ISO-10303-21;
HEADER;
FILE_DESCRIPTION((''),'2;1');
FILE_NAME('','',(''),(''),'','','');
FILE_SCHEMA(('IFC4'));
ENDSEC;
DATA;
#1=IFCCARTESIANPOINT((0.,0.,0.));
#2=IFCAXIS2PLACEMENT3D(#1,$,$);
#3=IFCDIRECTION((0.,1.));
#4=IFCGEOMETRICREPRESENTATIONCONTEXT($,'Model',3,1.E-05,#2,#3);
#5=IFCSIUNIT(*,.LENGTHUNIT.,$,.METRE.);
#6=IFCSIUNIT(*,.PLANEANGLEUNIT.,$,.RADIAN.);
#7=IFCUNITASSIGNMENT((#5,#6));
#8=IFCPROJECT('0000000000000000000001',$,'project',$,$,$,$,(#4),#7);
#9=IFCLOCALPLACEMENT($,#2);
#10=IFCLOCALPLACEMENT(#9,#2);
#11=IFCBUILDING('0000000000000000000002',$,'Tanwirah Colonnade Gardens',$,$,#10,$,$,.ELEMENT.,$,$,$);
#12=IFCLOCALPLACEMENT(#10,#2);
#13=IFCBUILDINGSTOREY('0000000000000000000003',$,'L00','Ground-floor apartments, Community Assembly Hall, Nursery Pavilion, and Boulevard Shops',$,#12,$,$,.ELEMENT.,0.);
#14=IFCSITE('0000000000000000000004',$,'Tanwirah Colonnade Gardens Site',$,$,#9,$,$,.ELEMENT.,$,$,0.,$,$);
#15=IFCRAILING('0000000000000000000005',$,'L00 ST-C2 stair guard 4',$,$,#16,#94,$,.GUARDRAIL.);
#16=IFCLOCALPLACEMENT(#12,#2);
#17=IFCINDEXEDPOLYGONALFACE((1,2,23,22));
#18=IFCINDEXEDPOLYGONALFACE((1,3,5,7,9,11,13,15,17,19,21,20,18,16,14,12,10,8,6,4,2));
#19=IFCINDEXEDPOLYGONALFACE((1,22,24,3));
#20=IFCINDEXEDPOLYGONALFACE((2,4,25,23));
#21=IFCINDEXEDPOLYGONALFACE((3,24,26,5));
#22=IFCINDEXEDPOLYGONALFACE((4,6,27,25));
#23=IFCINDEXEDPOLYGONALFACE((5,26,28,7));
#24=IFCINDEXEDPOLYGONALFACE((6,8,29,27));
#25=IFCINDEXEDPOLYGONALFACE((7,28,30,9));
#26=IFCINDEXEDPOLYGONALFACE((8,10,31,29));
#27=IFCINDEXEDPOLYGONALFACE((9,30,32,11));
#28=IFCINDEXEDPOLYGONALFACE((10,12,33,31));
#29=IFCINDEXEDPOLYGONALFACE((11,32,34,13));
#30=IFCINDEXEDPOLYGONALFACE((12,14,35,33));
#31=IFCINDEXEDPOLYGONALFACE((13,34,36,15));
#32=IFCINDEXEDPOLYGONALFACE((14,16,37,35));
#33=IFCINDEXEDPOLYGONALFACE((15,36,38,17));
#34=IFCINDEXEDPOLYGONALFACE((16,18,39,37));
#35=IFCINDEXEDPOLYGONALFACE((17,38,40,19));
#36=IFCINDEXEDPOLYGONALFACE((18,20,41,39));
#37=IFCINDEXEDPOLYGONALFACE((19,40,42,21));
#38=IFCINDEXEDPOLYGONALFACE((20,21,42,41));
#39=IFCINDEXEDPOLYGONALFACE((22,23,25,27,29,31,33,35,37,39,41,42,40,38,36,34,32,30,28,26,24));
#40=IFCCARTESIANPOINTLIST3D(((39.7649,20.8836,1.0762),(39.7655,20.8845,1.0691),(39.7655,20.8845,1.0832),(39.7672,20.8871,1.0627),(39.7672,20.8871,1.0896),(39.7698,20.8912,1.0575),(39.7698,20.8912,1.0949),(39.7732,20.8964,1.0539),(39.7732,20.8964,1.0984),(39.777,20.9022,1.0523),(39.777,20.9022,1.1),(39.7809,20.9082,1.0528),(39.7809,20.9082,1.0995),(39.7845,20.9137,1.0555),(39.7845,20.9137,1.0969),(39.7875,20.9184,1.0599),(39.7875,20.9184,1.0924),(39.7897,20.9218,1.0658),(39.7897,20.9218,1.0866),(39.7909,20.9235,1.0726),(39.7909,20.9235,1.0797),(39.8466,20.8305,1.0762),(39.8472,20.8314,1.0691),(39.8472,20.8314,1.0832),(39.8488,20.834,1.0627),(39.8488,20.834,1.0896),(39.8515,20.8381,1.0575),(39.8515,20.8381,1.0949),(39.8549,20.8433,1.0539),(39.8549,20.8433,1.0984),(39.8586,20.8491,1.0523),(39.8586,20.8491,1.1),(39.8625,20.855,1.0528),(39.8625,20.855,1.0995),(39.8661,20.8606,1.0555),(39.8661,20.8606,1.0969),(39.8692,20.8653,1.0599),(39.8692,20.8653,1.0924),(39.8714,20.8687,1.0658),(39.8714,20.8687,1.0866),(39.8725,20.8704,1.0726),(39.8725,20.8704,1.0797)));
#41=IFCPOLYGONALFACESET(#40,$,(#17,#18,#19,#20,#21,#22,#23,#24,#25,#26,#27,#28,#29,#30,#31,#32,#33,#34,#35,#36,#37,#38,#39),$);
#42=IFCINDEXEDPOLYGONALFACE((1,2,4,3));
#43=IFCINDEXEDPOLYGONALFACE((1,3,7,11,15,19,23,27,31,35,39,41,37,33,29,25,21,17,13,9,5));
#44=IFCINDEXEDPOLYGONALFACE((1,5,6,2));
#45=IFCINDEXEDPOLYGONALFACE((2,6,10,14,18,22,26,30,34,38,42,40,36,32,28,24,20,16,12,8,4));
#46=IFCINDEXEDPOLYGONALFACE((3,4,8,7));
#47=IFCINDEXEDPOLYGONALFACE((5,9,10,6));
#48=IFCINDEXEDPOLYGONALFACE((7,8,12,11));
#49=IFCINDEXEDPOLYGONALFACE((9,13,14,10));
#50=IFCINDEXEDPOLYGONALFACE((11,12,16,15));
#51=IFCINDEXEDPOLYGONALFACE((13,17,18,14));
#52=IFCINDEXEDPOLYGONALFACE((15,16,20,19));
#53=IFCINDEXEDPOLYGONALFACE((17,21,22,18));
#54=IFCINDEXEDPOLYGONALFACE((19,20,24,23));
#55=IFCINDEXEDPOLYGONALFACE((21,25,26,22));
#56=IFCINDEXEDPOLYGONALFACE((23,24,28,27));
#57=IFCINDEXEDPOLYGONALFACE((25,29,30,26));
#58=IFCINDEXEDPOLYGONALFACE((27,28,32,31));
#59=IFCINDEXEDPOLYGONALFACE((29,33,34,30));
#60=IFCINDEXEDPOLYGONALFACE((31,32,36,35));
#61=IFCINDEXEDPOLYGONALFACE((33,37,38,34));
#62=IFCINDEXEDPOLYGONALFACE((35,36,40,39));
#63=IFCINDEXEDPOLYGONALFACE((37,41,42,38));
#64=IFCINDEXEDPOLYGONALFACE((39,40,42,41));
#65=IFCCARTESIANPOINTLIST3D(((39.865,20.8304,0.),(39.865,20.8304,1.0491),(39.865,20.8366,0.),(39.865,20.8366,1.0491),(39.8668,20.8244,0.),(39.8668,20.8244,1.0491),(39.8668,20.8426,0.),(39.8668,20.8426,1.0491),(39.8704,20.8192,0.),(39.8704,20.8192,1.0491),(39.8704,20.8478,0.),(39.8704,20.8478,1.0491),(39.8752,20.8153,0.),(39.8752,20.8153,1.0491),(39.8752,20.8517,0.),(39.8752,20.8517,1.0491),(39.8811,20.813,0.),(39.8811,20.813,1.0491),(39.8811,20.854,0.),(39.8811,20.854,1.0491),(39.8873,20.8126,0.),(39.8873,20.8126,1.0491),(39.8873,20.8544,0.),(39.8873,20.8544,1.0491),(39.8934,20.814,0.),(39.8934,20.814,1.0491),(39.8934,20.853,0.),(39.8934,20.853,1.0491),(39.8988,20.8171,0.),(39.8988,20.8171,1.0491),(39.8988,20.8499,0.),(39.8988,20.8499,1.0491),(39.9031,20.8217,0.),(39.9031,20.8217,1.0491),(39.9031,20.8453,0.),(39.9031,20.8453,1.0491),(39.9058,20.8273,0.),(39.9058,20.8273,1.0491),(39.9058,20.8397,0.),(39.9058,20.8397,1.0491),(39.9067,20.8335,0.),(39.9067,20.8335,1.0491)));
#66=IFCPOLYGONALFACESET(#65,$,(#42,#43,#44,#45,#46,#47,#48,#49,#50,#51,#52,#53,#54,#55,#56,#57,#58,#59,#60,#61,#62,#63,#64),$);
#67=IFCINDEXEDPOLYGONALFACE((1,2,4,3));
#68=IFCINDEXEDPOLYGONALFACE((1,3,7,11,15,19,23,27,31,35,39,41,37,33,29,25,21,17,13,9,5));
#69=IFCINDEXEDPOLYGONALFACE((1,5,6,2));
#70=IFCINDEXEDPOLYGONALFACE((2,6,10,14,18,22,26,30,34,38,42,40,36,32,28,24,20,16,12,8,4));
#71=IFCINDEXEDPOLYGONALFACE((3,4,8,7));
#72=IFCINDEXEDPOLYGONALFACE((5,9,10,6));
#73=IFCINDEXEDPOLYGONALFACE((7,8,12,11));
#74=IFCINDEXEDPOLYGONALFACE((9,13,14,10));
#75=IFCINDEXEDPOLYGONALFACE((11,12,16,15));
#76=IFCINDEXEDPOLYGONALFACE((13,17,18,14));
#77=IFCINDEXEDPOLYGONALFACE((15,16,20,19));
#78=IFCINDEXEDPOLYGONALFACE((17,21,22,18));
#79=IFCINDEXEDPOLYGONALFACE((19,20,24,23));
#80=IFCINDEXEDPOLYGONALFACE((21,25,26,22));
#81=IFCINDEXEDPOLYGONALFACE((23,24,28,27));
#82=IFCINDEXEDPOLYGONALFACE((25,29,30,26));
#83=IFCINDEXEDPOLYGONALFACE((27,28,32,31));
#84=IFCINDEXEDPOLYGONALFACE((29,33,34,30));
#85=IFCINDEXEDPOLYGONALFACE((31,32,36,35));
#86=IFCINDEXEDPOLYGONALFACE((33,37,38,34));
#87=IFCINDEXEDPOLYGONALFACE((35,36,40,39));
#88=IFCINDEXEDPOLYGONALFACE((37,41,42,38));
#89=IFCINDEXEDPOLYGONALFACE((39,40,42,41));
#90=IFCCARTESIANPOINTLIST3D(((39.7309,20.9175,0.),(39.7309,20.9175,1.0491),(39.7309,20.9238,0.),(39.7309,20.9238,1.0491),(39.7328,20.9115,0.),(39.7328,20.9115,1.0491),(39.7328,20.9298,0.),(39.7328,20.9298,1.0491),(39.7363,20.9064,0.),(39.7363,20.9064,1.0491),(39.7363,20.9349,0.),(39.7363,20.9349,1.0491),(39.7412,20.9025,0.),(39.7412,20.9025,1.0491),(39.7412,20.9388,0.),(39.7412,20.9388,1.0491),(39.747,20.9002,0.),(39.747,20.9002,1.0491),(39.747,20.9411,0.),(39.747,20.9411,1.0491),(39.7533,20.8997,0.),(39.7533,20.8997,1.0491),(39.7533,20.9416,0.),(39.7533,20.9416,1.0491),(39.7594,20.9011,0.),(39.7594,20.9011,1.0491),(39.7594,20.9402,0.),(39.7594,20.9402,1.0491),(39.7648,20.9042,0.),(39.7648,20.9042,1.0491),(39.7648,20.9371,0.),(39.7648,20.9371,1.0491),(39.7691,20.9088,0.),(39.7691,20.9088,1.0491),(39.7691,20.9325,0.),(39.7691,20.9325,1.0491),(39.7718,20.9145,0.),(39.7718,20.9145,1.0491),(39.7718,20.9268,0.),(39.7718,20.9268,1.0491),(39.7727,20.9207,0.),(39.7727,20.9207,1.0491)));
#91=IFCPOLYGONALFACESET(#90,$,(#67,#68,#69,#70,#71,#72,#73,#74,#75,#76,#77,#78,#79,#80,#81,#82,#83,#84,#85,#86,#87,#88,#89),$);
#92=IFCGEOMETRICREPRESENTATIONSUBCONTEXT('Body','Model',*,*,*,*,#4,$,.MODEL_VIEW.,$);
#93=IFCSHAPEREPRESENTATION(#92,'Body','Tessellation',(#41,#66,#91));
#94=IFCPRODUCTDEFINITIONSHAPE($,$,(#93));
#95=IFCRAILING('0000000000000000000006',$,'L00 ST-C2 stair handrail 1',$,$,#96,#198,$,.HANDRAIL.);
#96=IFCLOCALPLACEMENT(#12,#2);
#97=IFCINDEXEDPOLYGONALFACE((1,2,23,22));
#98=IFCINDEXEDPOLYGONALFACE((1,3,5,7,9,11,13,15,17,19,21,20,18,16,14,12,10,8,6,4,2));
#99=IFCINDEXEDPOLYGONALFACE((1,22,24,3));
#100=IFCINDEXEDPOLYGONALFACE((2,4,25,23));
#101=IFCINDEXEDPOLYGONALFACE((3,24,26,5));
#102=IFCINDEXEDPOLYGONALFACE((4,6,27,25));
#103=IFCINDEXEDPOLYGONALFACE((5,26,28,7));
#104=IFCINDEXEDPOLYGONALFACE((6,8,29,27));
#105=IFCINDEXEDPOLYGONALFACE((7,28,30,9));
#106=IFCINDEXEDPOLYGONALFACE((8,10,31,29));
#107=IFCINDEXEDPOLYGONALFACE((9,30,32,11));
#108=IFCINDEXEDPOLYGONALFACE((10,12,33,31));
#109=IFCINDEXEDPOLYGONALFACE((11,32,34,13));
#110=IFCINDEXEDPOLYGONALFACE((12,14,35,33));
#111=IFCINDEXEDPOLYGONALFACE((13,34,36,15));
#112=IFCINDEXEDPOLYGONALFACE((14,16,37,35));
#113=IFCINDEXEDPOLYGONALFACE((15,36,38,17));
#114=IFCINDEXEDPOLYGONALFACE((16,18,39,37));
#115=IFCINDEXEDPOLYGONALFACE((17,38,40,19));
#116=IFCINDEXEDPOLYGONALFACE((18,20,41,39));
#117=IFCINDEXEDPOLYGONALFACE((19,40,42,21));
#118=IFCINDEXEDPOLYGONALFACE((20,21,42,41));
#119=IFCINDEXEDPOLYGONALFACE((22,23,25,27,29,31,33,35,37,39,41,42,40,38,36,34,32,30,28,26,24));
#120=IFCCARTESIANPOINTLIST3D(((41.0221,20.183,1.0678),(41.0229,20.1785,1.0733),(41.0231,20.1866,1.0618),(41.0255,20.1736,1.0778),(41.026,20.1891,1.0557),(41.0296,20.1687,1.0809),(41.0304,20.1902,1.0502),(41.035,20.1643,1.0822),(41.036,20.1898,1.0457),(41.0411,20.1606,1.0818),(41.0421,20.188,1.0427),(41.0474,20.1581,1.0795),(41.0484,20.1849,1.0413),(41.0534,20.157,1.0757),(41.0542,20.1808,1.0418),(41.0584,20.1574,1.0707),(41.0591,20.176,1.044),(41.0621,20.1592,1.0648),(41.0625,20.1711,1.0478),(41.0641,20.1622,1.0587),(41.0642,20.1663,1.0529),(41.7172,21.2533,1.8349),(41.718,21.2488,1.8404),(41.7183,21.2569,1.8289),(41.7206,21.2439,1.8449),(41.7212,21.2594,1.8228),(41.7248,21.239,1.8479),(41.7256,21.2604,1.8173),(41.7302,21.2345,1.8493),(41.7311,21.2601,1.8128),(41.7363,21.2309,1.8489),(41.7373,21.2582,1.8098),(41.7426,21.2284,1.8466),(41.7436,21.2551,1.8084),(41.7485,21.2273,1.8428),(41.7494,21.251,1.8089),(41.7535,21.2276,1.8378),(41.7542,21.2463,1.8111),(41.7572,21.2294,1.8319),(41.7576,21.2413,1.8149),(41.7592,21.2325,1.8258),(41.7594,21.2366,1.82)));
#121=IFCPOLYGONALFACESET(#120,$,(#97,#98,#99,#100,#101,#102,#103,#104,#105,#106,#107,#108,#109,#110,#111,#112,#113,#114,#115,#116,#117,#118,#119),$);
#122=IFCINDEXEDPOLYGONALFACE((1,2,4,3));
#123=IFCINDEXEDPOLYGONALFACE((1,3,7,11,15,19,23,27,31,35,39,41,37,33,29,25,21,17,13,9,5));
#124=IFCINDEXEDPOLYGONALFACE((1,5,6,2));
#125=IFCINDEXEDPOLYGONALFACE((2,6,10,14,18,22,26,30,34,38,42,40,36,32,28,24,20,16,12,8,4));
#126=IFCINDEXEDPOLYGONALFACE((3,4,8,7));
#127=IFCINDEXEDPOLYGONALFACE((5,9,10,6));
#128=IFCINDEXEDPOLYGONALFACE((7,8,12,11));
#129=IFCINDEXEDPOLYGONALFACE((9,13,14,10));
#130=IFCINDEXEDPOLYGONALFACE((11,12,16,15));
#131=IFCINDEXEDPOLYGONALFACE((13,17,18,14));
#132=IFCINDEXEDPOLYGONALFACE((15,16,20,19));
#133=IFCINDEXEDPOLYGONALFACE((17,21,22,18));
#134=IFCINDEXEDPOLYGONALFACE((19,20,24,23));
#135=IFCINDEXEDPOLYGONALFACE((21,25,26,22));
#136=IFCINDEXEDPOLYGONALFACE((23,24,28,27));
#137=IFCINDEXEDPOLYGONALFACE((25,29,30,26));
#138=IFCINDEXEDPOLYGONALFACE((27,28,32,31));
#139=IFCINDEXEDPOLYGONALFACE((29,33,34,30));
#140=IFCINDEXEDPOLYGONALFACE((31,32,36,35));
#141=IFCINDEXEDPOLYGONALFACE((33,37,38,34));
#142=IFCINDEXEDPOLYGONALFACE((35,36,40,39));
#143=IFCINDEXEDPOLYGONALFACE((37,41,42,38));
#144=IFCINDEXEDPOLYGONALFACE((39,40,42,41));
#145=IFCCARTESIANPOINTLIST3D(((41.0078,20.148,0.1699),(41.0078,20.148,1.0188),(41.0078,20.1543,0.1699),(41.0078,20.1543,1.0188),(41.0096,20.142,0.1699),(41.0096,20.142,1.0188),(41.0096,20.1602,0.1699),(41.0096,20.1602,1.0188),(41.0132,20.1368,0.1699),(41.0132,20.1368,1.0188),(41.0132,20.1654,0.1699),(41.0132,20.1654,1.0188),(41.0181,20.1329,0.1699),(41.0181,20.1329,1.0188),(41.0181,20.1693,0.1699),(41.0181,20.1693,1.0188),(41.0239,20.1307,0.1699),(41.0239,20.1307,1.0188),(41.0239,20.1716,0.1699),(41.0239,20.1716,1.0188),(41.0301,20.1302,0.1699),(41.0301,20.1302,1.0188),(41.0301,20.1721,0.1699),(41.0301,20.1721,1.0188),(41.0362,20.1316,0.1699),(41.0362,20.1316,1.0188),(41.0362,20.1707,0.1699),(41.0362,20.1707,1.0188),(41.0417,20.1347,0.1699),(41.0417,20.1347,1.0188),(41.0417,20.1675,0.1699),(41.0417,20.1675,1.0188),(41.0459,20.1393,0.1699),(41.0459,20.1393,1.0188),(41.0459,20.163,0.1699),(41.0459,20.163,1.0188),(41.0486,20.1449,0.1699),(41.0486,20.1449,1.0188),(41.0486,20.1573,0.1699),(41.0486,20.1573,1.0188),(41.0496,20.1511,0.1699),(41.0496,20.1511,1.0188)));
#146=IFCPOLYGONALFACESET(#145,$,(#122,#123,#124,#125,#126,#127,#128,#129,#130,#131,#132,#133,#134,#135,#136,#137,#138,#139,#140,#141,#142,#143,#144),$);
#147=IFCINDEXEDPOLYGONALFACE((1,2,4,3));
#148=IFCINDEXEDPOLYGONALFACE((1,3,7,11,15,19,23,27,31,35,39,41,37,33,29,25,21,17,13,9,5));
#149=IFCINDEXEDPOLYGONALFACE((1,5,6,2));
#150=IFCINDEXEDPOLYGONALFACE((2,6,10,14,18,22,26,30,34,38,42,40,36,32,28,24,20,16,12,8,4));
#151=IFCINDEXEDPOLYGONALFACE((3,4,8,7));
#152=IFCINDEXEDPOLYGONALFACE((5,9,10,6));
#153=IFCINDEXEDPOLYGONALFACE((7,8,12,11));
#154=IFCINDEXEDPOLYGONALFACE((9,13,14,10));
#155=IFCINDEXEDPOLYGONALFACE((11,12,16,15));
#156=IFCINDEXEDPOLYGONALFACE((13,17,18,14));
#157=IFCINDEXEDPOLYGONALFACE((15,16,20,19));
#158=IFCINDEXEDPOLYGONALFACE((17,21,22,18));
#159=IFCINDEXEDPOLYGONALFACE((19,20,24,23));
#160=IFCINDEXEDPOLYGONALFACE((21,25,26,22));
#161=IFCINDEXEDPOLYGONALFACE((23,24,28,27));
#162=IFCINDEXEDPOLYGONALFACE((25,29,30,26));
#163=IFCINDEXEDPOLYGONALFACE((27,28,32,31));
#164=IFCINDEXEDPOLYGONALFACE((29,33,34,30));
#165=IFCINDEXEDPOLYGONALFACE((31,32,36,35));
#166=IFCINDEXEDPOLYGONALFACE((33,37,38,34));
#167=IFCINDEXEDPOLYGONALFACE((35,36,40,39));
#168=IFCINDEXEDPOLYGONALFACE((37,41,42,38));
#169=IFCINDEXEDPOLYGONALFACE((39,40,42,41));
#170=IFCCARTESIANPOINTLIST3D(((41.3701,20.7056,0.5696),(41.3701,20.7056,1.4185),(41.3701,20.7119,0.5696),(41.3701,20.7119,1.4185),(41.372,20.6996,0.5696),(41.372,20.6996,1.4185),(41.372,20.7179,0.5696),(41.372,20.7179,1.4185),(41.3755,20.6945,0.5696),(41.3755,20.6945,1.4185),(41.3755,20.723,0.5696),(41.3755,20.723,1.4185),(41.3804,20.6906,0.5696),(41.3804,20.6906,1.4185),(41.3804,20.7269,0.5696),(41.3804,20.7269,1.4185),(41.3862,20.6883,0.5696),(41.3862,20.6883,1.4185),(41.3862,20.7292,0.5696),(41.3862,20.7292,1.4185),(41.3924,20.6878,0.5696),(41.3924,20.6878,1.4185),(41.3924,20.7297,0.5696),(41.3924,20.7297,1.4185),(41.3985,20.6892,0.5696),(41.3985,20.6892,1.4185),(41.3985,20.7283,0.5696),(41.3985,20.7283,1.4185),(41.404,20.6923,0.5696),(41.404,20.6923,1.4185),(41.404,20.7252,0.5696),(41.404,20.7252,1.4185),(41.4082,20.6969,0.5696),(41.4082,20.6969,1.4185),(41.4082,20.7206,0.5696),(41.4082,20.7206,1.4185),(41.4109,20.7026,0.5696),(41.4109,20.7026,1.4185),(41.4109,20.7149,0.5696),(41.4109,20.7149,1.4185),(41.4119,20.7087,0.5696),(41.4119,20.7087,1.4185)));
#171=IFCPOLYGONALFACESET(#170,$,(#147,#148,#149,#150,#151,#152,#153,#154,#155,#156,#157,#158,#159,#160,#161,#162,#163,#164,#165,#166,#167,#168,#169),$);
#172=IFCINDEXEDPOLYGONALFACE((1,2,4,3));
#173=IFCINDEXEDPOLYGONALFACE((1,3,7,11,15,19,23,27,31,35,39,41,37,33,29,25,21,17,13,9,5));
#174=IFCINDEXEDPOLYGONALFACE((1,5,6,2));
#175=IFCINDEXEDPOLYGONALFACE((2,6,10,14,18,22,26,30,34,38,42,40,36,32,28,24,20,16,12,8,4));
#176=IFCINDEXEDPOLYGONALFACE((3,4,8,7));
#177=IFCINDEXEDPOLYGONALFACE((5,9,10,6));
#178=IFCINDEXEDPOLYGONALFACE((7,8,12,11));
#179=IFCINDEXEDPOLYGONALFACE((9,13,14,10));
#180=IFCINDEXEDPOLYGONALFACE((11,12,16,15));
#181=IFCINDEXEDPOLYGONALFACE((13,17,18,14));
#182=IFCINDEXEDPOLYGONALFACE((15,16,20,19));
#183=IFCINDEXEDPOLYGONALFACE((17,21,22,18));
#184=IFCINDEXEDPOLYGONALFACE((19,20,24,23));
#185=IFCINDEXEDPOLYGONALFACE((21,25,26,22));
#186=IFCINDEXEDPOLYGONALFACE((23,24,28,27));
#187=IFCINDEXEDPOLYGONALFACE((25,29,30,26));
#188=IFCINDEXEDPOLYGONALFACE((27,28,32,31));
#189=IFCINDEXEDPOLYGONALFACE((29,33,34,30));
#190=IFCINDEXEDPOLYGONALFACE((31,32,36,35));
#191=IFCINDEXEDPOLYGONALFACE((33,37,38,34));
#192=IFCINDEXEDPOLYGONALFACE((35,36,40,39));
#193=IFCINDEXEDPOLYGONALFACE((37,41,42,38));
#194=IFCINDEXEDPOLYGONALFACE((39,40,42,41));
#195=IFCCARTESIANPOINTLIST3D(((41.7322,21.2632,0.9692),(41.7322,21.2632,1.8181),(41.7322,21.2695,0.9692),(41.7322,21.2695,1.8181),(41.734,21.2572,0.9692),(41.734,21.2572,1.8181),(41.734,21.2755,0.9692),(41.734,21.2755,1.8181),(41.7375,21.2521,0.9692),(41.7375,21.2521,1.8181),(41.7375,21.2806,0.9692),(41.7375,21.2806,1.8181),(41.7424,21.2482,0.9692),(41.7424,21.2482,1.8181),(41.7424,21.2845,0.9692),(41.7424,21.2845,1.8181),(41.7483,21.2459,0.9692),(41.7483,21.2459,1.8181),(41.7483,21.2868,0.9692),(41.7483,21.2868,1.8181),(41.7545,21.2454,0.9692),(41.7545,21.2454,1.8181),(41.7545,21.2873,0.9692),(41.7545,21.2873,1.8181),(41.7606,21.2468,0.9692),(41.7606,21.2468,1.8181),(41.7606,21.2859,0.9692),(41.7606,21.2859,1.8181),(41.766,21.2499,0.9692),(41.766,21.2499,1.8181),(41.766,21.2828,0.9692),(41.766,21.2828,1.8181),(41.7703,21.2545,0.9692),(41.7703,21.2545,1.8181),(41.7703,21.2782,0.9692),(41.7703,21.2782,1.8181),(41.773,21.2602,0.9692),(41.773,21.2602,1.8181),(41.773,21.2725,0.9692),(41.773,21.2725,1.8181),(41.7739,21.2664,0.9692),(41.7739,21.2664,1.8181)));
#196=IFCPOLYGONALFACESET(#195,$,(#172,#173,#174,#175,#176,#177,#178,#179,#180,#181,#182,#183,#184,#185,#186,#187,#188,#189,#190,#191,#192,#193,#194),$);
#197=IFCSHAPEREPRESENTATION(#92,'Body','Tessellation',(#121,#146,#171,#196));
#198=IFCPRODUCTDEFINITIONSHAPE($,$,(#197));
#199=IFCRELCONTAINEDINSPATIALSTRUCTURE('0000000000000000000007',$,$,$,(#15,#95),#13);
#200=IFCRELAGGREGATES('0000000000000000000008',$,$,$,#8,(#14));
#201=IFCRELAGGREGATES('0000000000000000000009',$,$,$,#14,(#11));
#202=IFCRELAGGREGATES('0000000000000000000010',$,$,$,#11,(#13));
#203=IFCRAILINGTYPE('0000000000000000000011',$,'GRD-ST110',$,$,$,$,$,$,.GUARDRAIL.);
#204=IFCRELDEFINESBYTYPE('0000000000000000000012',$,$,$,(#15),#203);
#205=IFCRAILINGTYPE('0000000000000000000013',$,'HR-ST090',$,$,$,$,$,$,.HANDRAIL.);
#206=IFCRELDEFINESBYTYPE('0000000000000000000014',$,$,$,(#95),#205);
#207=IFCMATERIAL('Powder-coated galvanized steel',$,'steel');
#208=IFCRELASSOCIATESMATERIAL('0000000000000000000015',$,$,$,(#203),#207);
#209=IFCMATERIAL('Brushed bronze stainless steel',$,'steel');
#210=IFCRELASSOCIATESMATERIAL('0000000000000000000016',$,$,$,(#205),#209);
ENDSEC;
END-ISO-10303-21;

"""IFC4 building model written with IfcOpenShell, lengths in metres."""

from ifc_helpers import new_model, si_unit, direction, frame, origin, origin_2d, place, context, subcontext, project, spatial, circle, extrude, material, type_object, element, save


model = new_model("IFC4")

# Units and contexts
model_context = context("Model", 3, precision=1e-05, world=origin(), true_north=direction((0.0, 1.0)))
body_context = subcontext(model_context, "Body", "Model", "MODEL_VIEW")
ifc_project = project(units=[si_unit("LENGTHUNIT", "METRE"), si_unit("PLANEANGLEUNIT", "RADIAN")], contexts=[model_context])

# Site, building, storey
site_placement = place(None, origin())
site = spatial("IfcSite", under=ifc_project, at=site_placement, Name="Tanwirah Colonnade Gardens Site", CompositionType="ELEMENT", RefElevation=0.0)
building_placement = place(site_placement, origin())
building = spatial("IfcBuilding", under=site, at=building_placement, Name="Tanwirah Colonnade Gardens", CompositionType="ELEMENT")
storey_placement = place(building_placement, origin())
storey = spatial("IfcBuildingStorey", under=building, at=storey_placement, Name="L00", Description="Ground-floor apartments, Community Assembly Hall, Nursery Pavilion, and Boulevard Shops", CompositionType="ELEMENT", Elevation=0.0)

# Railings
ifc_material_1 = material(Name="Powder-coated galvanized steel", Category="steel")
railing_type_1 = type_object("IfcRailingType", Name="GRD-ST110", PredefinedType="GUARDRAIL", material=ifc_material_1)
railing_1_placement = place(storey_placement, frame((39.8857, 20.8335, 0.0)))
element("IfcRailing", 1, at=railing_1_placement, inside=storey, type_object=railing_type_1, Name="L00 ST-C2 stair guard 4", PredefinedType="GUARDRAIL", context=body_context, shape_type="SweptSolid", body=[
    extrude(circle(Radius=0.0239, at=origin_2d()), frame((-0.0261, 0.0171, 1.0762), z_axis=(-0.838339, 0.545149, 0.0), x_axis=(-0.545149, -0.838339, 0.0)), (0.0, 0.0, 1.0), 0.0974),
    extrude(circle(Radius=0.021, at=origin_2d()), origin(), (0.0, 0.0, 1.0), 1.0491),
    extrude(circle(Radius=0.021, at=origin_2d()), frame((-0.134, 0.0872, 0.0)), (0.0, 0.0, 1.0), 1.0491),
])
ifc_material_2 = material(Name="Brushed bronze stainless steel", Category="steel")
railing_type_2 = type_object("IfcRailingType", Name="HR-ST090", PredefinedType="HANDRAIL", material=ifc_material_2)
railing_2_placement = place(storey_placement, frame((41.0286, 20.1511, 0.1699)))
element("IfcRailing", 2, at=railing_2_placement, inside=storey, type_object=railing_type_2, Name="L00 ST-C2 stair handrail 1", PredefinedType="HANDRAIL", context=body_context, shape_type="SweptSolid", body=[
    extrude(circle(Radius=0.0239, at=origin_2d()), frame((0.0146, 0.0225, 0.8918), z_axis=(0.46686, 0.718779, 0.515167), x_axis=(-0.838628, 0.544704, 0.0)), (0.0, 0.0, 1.0), 1.489),
    extrude(circle(Radius=0.021, at=origin_2d()), origin(), (0.0, 0.0, 1.0), 0.8489),
    extrude(circle(Radius=0.021, at=origin_2d()), frame((0.3623, 0.5576, 0.3997)), (0.0, 0.0, 1.0), 0.8489),
    extrude(circle(Radius=0.021, at=origin_2d()), frame((0.7244, 1.1152, 0.7993)), (0.0, 0.0, 1.0), 0.8489),
])

save(model, "model.ifc")
